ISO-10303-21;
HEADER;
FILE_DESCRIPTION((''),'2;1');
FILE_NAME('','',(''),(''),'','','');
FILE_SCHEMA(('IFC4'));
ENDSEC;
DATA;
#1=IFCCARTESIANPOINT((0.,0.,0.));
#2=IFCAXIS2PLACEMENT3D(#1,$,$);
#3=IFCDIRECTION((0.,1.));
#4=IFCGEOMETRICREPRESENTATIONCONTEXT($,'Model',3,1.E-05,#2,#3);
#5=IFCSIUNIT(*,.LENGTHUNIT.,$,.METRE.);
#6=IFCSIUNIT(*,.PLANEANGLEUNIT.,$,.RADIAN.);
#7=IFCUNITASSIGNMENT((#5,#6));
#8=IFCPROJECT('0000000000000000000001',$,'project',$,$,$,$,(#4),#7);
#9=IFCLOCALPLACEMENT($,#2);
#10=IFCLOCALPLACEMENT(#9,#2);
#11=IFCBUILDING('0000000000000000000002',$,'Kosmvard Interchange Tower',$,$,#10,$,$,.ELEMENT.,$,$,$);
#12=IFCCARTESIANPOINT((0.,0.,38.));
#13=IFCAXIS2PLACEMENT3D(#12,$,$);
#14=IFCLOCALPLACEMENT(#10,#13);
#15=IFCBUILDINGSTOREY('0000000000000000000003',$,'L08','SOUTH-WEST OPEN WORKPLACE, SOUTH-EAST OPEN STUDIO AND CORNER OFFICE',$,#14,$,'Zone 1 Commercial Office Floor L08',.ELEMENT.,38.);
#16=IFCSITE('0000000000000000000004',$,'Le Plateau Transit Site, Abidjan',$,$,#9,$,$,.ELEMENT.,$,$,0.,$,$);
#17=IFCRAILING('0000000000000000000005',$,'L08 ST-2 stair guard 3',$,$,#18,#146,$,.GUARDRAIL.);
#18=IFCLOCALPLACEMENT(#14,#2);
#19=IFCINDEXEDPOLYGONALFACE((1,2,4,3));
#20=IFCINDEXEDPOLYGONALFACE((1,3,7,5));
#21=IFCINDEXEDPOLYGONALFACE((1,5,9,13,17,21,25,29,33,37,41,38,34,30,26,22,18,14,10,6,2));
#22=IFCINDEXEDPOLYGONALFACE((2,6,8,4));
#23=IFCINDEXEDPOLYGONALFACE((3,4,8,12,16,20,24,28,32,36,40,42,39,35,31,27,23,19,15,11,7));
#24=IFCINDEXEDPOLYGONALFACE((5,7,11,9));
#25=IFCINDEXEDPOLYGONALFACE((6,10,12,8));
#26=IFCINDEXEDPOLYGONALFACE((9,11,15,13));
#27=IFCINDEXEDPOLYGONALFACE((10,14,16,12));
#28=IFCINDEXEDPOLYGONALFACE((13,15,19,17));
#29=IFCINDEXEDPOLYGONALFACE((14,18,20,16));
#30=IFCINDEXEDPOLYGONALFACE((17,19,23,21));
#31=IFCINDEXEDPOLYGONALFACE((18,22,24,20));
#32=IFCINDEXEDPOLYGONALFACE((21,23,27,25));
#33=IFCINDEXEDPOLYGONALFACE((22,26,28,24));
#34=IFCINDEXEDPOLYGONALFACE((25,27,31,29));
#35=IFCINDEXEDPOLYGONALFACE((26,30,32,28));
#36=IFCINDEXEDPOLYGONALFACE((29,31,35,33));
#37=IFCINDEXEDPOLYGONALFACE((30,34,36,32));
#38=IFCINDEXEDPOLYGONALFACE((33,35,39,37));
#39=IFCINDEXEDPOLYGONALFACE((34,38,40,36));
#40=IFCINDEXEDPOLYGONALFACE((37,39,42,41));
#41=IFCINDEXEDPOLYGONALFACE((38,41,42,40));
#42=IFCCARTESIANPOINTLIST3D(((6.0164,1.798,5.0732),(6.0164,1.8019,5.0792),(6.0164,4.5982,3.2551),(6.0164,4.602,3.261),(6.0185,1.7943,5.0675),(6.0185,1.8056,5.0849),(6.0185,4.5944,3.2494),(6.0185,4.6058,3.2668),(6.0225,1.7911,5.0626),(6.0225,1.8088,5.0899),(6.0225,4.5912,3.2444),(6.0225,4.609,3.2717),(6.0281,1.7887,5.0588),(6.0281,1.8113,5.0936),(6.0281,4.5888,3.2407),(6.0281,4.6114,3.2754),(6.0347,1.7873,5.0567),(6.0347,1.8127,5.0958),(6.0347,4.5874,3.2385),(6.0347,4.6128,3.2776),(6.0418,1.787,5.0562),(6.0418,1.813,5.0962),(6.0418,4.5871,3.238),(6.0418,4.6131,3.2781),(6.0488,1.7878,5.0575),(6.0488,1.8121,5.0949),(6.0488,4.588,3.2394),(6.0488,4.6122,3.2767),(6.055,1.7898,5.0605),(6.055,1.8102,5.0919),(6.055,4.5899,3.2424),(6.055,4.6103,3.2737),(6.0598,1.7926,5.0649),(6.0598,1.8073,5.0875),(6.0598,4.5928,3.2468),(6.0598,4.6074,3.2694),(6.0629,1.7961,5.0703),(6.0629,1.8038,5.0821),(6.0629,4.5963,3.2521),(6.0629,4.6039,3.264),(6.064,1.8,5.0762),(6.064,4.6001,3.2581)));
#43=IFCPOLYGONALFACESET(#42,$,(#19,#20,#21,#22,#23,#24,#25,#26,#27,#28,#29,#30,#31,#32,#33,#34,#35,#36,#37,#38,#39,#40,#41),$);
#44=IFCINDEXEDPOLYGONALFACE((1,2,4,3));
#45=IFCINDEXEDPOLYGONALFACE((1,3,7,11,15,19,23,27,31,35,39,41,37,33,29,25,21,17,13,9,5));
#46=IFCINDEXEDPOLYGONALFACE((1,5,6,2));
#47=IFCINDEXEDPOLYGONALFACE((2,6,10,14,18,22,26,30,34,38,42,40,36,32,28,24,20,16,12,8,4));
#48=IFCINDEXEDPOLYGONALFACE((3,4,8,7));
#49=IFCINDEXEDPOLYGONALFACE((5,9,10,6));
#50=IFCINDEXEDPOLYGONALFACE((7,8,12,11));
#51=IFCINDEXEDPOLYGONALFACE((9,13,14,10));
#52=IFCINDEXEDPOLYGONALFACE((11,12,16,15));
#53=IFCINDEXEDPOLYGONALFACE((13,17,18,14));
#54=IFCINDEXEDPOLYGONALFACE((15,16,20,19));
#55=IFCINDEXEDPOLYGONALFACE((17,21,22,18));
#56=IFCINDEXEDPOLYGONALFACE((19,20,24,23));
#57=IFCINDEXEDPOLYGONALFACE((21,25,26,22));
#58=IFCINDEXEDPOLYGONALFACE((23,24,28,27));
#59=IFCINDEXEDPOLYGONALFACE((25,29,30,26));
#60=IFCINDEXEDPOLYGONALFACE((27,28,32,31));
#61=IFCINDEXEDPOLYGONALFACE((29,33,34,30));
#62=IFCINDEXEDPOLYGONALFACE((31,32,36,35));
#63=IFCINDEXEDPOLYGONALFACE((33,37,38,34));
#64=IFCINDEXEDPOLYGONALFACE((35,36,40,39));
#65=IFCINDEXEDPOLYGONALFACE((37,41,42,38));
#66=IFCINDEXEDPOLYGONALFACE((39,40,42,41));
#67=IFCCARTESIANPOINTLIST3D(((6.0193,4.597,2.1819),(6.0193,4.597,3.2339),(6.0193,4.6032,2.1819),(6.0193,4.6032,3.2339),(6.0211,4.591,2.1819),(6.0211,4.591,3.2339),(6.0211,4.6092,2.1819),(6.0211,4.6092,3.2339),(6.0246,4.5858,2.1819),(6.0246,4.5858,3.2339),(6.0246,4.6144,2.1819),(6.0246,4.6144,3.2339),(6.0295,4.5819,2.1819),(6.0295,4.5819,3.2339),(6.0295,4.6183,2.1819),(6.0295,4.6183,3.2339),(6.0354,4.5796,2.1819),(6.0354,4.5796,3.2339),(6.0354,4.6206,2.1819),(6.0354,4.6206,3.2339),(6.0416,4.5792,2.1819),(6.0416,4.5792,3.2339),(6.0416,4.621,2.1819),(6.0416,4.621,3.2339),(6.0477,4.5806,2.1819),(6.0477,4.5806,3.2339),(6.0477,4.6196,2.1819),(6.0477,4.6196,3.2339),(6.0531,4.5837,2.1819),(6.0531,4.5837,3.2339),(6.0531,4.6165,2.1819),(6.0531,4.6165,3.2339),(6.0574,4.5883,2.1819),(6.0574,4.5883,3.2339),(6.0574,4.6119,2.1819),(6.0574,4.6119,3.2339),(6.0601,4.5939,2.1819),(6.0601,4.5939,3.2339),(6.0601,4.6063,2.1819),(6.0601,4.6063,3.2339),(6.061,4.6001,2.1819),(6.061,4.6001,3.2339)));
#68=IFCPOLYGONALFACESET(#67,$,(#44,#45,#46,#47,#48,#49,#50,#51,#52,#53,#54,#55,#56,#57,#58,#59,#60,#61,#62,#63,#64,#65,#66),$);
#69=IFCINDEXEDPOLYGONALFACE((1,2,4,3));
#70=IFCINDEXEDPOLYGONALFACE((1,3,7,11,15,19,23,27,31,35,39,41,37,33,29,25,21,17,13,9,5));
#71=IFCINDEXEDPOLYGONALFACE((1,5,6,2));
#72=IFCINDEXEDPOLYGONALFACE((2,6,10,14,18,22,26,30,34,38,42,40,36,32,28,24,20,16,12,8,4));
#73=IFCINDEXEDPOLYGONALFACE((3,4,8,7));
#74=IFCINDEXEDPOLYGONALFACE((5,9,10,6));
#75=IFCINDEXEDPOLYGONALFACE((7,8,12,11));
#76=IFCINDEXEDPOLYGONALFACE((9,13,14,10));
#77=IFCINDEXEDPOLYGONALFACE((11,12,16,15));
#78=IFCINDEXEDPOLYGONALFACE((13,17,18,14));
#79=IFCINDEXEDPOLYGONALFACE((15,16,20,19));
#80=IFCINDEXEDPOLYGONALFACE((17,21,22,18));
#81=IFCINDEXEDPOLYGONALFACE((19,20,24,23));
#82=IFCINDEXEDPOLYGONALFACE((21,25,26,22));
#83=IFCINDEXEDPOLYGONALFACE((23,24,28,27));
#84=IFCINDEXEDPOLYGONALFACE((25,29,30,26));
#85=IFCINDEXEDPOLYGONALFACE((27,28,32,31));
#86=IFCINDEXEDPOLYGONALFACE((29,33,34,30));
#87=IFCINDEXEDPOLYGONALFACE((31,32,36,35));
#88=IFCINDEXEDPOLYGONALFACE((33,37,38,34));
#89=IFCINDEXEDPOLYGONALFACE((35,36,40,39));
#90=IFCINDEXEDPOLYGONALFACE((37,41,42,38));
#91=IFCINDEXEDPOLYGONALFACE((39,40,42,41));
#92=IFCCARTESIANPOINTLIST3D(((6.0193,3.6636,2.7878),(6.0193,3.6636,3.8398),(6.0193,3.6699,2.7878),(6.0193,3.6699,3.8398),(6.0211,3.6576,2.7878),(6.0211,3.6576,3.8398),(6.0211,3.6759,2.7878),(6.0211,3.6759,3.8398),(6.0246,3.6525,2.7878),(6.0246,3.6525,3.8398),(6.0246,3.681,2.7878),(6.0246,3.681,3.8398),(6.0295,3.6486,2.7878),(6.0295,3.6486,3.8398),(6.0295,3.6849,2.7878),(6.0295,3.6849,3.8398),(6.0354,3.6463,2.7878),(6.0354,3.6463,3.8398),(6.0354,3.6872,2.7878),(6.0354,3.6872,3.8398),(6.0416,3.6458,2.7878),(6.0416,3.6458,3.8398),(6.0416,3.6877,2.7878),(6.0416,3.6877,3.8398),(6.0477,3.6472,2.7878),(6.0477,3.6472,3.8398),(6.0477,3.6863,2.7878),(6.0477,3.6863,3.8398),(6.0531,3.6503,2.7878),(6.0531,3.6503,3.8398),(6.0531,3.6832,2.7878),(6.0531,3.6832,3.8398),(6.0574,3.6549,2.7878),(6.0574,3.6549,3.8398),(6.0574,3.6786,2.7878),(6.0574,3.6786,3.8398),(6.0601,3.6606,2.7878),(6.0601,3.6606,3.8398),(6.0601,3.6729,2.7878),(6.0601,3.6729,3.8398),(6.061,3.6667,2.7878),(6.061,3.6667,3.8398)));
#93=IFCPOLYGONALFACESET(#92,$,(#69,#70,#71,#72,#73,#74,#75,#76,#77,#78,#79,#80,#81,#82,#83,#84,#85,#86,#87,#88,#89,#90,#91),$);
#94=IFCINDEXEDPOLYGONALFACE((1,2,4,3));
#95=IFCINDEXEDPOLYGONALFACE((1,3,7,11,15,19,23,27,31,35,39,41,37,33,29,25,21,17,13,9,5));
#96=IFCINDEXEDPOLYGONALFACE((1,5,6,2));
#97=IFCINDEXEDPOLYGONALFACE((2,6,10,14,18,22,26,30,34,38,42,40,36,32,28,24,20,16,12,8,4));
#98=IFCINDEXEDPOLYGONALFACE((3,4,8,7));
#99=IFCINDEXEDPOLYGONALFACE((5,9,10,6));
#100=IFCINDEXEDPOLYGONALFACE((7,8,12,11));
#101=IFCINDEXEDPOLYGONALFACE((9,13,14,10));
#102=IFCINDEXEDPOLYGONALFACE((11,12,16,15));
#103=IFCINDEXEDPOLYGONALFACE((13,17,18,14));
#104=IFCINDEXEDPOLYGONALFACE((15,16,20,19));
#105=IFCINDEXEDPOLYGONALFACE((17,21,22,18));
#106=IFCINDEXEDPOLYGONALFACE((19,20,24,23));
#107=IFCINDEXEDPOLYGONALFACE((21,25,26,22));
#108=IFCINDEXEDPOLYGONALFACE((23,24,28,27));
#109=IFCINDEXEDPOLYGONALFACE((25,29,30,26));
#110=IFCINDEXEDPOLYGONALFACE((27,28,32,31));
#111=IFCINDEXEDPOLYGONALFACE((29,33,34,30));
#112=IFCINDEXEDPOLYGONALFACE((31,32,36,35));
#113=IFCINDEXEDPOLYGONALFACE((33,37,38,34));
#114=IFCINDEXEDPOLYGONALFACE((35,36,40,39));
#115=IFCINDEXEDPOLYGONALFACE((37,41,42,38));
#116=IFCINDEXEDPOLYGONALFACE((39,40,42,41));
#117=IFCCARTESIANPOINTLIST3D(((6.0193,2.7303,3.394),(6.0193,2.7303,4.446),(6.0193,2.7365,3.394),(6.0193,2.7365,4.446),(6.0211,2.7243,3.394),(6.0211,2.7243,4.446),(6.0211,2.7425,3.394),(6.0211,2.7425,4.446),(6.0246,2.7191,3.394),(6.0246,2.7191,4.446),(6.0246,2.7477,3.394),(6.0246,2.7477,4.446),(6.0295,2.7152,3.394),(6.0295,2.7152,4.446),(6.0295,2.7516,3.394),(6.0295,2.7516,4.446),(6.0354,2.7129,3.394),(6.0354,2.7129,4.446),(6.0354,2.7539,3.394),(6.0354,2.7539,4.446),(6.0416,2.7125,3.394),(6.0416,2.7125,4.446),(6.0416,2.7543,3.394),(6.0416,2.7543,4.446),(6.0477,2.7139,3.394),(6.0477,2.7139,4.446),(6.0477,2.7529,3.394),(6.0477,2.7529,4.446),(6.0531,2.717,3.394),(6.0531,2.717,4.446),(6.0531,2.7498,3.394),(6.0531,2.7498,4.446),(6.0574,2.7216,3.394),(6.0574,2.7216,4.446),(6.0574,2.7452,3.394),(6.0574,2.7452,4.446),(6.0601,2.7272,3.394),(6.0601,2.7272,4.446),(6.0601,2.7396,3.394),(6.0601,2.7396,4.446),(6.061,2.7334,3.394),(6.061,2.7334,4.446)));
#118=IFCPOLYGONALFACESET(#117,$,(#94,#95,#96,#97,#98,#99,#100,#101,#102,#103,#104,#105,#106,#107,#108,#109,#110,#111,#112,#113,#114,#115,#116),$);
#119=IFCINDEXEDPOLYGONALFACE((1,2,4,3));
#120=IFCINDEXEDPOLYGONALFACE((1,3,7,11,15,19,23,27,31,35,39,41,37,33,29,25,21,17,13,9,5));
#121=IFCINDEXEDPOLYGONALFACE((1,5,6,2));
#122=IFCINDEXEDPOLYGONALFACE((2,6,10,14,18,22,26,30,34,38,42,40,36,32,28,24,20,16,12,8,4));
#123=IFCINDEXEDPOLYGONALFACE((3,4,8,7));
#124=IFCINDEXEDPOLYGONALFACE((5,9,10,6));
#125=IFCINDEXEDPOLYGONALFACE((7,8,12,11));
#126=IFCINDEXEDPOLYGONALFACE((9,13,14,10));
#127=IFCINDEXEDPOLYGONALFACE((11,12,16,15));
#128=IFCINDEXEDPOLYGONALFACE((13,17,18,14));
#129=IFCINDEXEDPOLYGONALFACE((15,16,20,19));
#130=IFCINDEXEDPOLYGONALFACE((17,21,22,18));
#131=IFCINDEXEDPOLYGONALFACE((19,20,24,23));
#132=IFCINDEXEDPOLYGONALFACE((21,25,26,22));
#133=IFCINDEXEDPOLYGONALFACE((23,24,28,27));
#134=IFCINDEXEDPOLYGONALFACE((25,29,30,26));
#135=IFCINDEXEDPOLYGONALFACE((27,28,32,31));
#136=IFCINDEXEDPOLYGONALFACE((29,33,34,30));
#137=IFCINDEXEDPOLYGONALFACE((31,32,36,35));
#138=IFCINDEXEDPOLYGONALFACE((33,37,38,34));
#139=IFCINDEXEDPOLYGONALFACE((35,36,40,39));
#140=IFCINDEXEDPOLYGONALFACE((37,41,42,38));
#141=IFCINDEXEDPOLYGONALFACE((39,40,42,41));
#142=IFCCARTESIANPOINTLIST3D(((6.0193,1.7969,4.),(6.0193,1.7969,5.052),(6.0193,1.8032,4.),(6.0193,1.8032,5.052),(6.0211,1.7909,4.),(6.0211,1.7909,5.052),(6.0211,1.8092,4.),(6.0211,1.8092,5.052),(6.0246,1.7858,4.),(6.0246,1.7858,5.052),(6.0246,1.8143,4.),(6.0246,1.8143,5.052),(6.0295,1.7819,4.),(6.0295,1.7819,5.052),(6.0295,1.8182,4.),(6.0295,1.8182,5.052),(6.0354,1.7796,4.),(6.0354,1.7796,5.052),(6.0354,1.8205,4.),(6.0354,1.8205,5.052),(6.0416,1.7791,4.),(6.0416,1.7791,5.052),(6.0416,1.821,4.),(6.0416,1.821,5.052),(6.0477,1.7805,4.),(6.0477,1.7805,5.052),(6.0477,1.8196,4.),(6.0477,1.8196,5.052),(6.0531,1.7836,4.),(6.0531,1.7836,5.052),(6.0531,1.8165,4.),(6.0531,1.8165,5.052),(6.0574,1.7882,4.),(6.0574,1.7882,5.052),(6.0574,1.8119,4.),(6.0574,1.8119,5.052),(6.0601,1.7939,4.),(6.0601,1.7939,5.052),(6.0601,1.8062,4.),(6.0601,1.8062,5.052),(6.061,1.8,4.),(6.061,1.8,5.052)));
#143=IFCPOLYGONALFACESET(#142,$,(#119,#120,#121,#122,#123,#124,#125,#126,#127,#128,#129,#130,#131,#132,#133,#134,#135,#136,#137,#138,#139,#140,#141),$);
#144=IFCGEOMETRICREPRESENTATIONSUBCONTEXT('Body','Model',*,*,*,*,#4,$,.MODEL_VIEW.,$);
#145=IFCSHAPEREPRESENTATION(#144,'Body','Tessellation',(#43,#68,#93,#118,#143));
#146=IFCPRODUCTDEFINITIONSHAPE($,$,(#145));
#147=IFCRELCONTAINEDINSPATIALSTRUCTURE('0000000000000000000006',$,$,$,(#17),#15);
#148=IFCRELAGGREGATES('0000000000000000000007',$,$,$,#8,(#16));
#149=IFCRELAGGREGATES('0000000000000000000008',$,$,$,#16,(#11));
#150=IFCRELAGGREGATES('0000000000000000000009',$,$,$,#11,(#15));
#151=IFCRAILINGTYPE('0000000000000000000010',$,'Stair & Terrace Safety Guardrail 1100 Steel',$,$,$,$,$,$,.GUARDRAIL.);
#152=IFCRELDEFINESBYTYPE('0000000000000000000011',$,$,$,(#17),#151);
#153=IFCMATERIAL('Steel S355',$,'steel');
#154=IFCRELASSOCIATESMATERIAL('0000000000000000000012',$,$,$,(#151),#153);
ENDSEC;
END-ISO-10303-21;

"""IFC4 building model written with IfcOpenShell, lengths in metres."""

from ifc_helpers import new_model, si_unit, direction, frame, origin, origin_2d, place, context, subcontext, project, spatial, circle, extrude, source, transform, mapped, material, type_object, element, save


model = new_model("IFC4")

# Units and contexts
model_context = context("Model", 3, precision=1e-05, world=origin(), true_north=direction((0.0, 1.0)))
body_context = subcontext(model_context, "Body", "Model", "MODEL_VIEW")
ifc_project = project(units=[si_unit("LENGTHUNIT", "METRE"), si_unit("PLANEANGLEUNIT", "RADIAN")], contexts=[model_context])

# Site, building, storey
site_placement = place(None, origin())
site = spatial("IfcSite", under=ifc_project, at=site_placement, Name="Le Plateau Transit Site, Abidjan", CompositionType="ELEMENT", RefElevation=0.0)
building_placement = place(site_placement, origin())
building = spatial("IfcBuilding", under=site, at=building_placement, Name="Kosmvard Interchange Tower", CompositionType="ELEMENT")
storey_placement = place(building_placement, frame((0.0, 0.0, 38.0)))
storey = spatial("IfcBuildingStorey", under=building, at=storey_placement, Name="L08", Description="SOUTH-WEST OPEN WORKPLACE, SOUTH-EAST OPEN STUDIO AND CORNER OFFICE", LongName="Zone 1 Commercial Office Floor L08", CompositionType="ELEMENT", Elevation=38.0)

# Shared definitions
ifc_material_1 = material(Name="Steel S355", Category="steel")

# Railing
railing_type_1 = type_object("IfcRailingType", Name="Stair & Terrace Safety Guardrail 1100 Steel", PredefinedType="GUARDRAIL", material=ifc_material_1)
shared_shape_1 = source(origin(), body_context, "Body", "SweptSolid", [
    extrude(circle(Radius=0.0239, at=origin_2d()), frame((0.0, 0.0, 1.0762), z_axis=(0.0, -0.838706, 0.544585), x_axis=(1.0, 0.0, 0.0)), (0.0, 0.0, 1.0), 3.3386),
    extrude(circle(Radius=0.021, at=origin_2d()), origin(), (0.0, 0.0, 1.0), 1.052),
    extrude(circle(Radius=0.021, at=origin_2d()), frame((0.0, -0.9333, 0.606)), (0.0, 0.0, 1.0), 1.052),
    extrude(circle(Radius=0.021, at=origin_2d()), frame((0.0, -1.8667, 1.2122)), (0.0, 0.0, 1.0), 1.052),
    extrude(circle(Radius=0.021, at=origin_2d()), frame((0.0, -2.8, 1.8181)), (0.0, 0.0, 1.0), 1.052),
])
railing_1_placement = place(storey_placement, frame((6.04, 4.6001, 2.1819)))
element("IfcRailing", 1, at=railing_1_placement, inside=storey, type_object=railing_type_1, Name="L08 ST-2 stair guard 3", PredefinedType="GUARDRAIL", context=body_context, shape_type="MappedRepresentation", body=[
    mapped(shared_shape_1, transform((0.0, 0.0, 0.0), scale=1.0)),
])

save(model, "model.ifc")
